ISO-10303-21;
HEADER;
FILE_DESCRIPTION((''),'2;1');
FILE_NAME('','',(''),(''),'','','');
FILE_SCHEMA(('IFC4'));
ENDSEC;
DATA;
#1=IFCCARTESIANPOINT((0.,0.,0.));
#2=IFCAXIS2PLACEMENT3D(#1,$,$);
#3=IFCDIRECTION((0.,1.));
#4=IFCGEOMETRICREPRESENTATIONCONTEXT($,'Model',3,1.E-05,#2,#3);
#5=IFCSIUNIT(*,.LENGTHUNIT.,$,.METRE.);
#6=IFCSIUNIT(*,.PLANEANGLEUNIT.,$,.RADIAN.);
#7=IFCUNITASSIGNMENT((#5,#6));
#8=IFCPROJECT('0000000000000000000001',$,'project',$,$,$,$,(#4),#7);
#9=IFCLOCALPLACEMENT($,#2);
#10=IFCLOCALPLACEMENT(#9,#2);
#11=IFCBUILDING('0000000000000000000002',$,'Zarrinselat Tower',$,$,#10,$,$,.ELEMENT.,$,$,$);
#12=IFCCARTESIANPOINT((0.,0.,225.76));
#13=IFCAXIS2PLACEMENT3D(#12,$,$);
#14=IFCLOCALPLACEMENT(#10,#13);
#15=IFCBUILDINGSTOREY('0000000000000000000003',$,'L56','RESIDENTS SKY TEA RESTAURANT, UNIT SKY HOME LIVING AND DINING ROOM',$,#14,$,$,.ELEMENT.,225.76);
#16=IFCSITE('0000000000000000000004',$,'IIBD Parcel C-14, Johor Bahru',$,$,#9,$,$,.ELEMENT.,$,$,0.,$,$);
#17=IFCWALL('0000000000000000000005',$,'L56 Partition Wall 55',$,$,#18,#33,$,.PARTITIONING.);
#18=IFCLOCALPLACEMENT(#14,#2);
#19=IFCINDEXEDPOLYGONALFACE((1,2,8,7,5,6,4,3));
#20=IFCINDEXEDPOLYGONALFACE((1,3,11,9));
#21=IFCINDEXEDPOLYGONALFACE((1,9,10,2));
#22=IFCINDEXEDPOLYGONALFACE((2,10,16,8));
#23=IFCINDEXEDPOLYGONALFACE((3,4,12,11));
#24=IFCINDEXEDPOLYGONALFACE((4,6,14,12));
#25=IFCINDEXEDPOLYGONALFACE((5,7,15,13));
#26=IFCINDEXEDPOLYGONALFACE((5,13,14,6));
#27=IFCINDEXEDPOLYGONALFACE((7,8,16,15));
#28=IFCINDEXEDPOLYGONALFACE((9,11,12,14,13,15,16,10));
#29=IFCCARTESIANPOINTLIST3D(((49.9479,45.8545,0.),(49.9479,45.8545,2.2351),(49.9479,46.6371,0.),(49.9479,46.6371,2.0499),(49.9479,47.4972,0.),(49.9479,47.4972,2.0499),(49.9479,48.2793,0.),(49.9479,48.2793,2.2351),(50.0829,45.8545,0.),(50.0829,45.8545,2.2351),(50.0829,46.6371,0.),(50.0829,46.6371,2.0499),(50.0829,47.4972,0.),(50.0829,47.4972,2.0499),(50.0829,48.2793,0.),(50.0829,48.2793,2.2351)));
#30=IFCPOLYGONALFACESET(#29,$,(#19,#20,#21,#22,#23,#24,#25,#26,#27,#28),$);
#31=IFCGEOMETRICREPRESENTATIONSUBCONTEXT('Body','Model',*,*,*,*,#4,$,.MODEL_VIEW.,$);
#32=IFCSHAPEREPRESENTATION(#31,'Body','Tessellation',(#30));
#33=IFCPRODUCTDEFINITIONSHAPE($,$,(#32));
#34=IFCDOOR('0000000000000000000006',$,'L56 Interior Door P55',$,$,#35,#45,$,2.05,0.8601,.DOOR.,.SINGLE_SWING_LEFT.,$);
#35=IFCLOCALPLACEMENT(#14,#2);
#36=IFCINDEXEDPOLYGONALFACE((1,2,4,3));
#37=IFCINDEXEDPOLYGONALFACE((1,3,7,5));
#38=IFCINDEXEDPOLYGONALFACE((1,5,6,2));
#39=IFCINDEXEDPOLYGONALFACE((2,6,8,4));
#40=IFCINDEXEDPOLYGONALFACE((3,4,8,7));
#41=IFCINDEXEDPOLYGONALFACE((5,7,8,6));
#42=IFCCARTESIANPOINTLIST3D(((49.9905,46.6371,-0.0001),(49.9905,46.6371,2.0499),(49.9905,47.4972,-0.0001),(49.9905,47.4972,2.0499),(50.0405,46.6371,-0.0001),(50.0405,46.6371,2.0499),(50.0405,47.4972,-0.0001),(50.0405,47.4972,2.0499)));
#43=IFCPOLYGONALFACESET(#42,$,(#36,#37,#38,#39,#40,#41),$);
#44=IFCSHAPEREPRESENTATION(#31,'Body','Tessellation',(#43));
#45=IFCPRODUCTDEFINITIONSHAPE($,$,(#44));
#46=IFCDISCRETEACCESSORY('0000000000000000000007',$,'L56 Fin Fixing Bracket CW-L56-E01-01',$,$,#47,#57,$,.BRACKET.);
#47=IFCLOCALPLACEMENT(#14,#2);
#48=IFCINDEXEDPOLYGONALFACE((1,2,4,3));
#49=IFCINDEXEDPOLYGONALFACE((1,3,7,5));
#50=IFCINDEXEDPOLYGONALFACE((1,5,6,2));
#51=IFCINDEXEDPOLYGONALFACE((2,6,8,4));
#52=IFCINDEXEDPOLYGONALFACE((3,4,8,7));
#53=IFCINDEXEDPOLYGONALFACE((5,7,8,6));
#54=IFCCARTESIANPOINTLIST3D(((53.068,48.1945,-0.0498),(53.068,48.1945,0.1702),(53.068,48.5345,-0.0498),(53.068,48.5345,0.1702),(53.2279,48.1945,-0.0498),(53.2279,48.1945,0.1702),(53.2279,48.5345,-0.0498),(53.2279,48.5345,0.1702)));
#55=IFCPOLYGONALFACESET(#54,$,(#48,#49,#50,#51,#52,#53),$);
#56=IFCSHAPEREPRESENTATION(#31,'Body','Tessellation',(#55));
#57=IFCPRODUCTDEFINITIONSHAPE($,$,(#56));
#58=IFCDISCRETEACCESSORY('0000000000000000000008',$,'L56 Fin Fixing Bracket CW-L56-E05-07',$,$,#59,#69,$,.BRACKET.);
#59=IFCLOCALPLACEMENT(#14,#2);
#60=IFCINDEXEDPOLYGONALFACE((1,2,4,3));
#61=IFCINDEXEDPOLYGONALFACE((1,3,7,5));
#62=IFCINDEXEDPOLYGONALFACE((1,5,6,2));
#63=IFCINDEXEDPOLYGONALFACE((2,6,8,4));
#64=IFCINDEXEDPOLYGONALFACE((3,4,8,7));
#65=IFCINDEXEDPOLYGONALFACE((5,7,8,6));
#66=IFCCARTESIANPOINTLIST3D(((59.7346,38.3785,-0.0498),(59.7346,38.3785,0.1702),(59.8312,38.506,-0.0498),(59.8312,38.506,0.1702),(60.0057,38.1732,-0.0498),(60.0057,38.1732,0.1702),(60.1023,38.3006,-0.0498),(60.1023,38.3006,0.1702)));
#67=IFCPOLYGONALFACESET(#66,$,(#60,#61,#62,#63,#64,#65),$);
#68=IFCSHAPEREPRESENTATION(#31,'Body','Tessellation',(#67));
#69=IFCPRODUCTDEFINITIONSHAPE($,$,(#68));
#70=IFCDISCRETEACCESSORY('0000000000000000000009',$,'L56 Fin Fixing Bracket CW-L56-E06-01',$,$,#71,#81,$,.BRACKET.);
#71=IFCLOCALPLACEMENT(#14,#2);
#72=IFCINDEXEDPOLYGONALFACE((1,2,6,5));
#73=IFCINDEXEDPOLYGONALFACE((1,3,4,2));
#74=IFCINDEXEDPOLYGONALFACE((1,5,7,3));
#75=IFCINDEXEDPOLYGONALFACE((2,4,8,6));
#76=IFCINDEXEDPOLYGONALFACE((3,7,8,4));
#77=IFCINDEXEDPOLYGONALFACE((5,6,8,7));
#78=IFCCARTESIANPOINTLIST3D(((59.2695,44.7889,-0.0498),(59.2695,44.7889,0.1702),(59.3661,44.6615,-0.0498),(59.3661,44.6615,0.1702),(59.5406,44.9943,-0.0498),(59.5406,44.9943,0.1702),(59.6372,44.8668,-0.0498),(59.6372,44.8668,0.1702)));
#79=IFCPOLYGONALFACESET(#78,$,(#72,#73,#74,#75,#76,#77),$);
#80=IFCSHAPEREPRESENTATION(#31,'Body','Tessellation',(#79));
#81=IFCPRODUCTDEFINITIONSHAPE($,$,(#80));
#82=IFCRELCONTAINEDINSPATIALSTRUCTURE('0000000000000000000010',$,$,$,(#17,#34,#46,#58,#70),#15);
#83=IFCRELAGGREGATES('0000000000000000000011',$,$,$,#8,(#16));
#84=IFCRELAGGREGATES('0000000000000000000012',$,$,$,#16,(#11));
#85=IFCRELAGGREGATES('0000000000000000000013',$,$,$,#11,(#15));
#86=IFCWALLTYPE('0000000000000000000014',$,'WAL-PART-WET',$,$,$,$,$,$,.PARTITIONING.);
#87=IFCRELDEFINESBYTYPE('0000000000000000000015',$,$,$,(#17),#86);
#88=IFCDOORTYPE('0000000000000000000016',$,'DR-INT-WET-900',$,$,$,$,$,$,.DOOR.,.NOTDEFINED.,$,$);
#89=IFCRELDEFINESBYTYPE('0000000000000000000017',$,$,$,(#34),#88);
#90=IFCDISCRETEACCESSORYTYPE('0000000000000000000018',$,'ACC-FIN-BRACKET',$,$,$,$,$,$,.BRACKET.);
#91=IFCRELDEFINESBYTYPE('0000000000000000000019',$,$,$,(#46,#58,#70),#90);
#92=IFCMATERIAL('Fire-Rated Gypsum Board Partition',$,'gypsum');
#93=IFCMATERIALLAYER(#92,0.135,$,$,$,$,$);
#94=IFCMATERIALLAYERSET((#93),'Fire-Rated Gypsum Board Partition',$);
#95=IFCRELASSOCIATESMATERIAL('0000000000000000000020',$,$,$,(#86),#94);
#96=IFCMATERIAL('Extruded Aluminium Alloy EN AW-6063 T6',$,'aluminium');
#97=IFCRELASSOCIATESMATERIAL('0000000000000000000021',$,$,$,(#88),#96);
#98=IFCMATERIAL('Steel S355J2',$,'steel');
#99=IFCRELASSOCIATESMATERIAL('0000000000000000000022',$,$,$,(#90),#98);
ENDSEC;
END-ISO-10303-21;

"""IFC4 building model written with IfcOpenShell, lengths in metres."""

from ifc_helpers import new_model, si_unit, direction, frame, frame_2d, origin, origin_2d, place, context, subcontext, project, spatial, rectangle, extrude, material, layer, layer_set, type_object, element, fill, save


model = new_model("IFC4")

# Units and contexts
model_context = context("Model", 3, precision=1e-05, world=origin(), true_north=direction((0.0, 1.0)))
body_context = subcontext(model_context, "Body", "Model", "MODEL_VIEW")
ifc_project = project(units=[si_unit("LENGTHUNIT", "METRE"), si_unit("PLANEANGLEUNIT", "RADIAN")], contexts=[model_context])

# Site, building, storey
site_placement = place(None, origin())
site = spatial("IfcSite", under=ifc_project, at=site_placement, Name="IIBD Parcel C-14, Johor Bahru", CompositionType="ELEMENT", RefElevation=0.0)
building_placement = place(site_placement, origin())
building = spatial("IfcBuilding", under=site, at=building_placement, Name="Zarrinselat Tower", CompositionType="ELEMENT")
storey_placement = place(building_placement, frame((0.0, 0.0, 225.76)))
storey = spatial("IfcBuildingStorey", under=building, at=storey_placement, Name="L56", Description="RESIDENTS SKY TEA RESTAURANT, UNIT SKY HOME LIVING AND DINING ROOM", CompositionType="ELEMENT", Elevation=225.76)

# Wall, opening, door
ifc_material_1 = material(Name="Fire-Rated Gypsum Board Partition", Category="gypsum")
ifc_layer_1 = layer(ifc_material_1, 0.135)
ifc_layer_set_1 = layer_set([ifc_layer_1], Name="Fire-Rated Gypsum Board Partition")
wall_type_1 = type_object("IfcWallType", Name="WAL-PART-WET", PredefinedType="PARTITIONING", material=ifc_layer_set_1)
wall_placement = place(storey_placement, frame((50.0154, 45.8545, 0.0), z_axis=(0.0, 0.0, 1.0), x_axis=(0.0, 1.0, 0.0)))
wall = element("IfcWall", 1, at=wall_placement, inside=storey, type_object=wall_type_1, Name="L56 Partition Wall 55", PredefinedType="PARTITIONING", context=body_context, shape_type="SweptSolid", body=[
    extrude(rectangle(XDim=2.4248, YDim=0.135, at=frame_2d((1.2124, 0.0))), origin(), (0.0, 0.0, 1.0), 2.2351),
])
opening_placement = place(wall_placement, frame((0.7825, 0.0, 0.0)))
opening = element("IfcOpeningElement", 2, at=opening_placement, cuts=wall, PredefinedType="OPENING", context=body_context, shape_type="SweptSolid", body=[
    extrude(rectangle(XDim=0.8601, YDim=2.05, at=frame_2d((0.4302, 1.0249))), frame((0.0, 0.0774, 0.0), z_axis=(0.0, -1.0, 0.0), x_axis=(1.0, 0.0, 0.0)), (0.0, 0.0, 1.0), 0.155),
])
ifc_material_2 = material(Name="Extruded Aluminium Alloy EN AW-6063 T6", Category="aluminium")
door_type = type_object("IfcDoorType", Name="DR-INT-WET-900", OperationType="NOTDEFINED", PredefinedType="DOOR", material=ifc_material_2)
door_placement = place(opening_placement, origin())
door = element("IfcDoor", 3, at=door_placement, inside=storey, type_object=door_type, Name="L56 Interior Door P55", OperationType="SINGLE_SWING_LEFT", OverallHeight=2.05, OverallWidth=0.8601, PredefinedType="DOOR", context=body_context, shape_type="SweptSolid", body=[
    extrude(rectangle(XDim=0.8601, YDim=2.05, at=frame_2d((0.4302, 1.0249))), frame((0.0, 0.0249, 0.0), z_axis=(0.0, -1.0, 0.0), x_axis=(1.0, 0.0, 0.0)), (0.0, 0.0, 1.0), 0.05),
])
fill(opening, door)

# Discrete accessories
ifc_material_3 = material(Name="Steel S355J2", Category="steel")
discrete_accessory_type = type_object("IfcDiscreteAccessoryType", Name="ACC-FIN-BRACKET", PredefinedType="BRACKET", material=ifc_material_3)
for number, where, z_axis, x_axis, name in (
    (4, (53.1479, 48.3645, -0.0498), (0.0, 0.0, 1.0), (0.0, 1.0, 0.0), "L56 Fin Fixing Bracket CW-L56-E01-01"),
    (5, (59.9185, 38.3396, -0.0498), (0.0, 0.0, 1.0), (0.797091, -0.603859, 0.0), "L56 Fin Fixing Bracket CW-L56-E05-07"),
    (6, (59.4534, 44.8279, -0.0498), (0.0, 0.0, 1.0), (0.79709, 0.60386, 0.0), "L56 Fin Fixing Bracket CW-L56-E06-01"),
):
    element("IfcDiscreteAccessory", number, at=place(storey_placement, frame(where, z_axis=z_axis, x_axis=x_axis)), inside=storey, type_object=discrete_accessory_type, Name=name, PredefinedType="BRACKET", context=body_context, shape_type="SweptSolid", body=[
        extrude(rectangle(XDim=0.3401, YDim=0.1599, at=origin_2d()), origin(), (0.0, 0.0, 1.0), 0.22),
    ])

save(model, "model.ifc")
